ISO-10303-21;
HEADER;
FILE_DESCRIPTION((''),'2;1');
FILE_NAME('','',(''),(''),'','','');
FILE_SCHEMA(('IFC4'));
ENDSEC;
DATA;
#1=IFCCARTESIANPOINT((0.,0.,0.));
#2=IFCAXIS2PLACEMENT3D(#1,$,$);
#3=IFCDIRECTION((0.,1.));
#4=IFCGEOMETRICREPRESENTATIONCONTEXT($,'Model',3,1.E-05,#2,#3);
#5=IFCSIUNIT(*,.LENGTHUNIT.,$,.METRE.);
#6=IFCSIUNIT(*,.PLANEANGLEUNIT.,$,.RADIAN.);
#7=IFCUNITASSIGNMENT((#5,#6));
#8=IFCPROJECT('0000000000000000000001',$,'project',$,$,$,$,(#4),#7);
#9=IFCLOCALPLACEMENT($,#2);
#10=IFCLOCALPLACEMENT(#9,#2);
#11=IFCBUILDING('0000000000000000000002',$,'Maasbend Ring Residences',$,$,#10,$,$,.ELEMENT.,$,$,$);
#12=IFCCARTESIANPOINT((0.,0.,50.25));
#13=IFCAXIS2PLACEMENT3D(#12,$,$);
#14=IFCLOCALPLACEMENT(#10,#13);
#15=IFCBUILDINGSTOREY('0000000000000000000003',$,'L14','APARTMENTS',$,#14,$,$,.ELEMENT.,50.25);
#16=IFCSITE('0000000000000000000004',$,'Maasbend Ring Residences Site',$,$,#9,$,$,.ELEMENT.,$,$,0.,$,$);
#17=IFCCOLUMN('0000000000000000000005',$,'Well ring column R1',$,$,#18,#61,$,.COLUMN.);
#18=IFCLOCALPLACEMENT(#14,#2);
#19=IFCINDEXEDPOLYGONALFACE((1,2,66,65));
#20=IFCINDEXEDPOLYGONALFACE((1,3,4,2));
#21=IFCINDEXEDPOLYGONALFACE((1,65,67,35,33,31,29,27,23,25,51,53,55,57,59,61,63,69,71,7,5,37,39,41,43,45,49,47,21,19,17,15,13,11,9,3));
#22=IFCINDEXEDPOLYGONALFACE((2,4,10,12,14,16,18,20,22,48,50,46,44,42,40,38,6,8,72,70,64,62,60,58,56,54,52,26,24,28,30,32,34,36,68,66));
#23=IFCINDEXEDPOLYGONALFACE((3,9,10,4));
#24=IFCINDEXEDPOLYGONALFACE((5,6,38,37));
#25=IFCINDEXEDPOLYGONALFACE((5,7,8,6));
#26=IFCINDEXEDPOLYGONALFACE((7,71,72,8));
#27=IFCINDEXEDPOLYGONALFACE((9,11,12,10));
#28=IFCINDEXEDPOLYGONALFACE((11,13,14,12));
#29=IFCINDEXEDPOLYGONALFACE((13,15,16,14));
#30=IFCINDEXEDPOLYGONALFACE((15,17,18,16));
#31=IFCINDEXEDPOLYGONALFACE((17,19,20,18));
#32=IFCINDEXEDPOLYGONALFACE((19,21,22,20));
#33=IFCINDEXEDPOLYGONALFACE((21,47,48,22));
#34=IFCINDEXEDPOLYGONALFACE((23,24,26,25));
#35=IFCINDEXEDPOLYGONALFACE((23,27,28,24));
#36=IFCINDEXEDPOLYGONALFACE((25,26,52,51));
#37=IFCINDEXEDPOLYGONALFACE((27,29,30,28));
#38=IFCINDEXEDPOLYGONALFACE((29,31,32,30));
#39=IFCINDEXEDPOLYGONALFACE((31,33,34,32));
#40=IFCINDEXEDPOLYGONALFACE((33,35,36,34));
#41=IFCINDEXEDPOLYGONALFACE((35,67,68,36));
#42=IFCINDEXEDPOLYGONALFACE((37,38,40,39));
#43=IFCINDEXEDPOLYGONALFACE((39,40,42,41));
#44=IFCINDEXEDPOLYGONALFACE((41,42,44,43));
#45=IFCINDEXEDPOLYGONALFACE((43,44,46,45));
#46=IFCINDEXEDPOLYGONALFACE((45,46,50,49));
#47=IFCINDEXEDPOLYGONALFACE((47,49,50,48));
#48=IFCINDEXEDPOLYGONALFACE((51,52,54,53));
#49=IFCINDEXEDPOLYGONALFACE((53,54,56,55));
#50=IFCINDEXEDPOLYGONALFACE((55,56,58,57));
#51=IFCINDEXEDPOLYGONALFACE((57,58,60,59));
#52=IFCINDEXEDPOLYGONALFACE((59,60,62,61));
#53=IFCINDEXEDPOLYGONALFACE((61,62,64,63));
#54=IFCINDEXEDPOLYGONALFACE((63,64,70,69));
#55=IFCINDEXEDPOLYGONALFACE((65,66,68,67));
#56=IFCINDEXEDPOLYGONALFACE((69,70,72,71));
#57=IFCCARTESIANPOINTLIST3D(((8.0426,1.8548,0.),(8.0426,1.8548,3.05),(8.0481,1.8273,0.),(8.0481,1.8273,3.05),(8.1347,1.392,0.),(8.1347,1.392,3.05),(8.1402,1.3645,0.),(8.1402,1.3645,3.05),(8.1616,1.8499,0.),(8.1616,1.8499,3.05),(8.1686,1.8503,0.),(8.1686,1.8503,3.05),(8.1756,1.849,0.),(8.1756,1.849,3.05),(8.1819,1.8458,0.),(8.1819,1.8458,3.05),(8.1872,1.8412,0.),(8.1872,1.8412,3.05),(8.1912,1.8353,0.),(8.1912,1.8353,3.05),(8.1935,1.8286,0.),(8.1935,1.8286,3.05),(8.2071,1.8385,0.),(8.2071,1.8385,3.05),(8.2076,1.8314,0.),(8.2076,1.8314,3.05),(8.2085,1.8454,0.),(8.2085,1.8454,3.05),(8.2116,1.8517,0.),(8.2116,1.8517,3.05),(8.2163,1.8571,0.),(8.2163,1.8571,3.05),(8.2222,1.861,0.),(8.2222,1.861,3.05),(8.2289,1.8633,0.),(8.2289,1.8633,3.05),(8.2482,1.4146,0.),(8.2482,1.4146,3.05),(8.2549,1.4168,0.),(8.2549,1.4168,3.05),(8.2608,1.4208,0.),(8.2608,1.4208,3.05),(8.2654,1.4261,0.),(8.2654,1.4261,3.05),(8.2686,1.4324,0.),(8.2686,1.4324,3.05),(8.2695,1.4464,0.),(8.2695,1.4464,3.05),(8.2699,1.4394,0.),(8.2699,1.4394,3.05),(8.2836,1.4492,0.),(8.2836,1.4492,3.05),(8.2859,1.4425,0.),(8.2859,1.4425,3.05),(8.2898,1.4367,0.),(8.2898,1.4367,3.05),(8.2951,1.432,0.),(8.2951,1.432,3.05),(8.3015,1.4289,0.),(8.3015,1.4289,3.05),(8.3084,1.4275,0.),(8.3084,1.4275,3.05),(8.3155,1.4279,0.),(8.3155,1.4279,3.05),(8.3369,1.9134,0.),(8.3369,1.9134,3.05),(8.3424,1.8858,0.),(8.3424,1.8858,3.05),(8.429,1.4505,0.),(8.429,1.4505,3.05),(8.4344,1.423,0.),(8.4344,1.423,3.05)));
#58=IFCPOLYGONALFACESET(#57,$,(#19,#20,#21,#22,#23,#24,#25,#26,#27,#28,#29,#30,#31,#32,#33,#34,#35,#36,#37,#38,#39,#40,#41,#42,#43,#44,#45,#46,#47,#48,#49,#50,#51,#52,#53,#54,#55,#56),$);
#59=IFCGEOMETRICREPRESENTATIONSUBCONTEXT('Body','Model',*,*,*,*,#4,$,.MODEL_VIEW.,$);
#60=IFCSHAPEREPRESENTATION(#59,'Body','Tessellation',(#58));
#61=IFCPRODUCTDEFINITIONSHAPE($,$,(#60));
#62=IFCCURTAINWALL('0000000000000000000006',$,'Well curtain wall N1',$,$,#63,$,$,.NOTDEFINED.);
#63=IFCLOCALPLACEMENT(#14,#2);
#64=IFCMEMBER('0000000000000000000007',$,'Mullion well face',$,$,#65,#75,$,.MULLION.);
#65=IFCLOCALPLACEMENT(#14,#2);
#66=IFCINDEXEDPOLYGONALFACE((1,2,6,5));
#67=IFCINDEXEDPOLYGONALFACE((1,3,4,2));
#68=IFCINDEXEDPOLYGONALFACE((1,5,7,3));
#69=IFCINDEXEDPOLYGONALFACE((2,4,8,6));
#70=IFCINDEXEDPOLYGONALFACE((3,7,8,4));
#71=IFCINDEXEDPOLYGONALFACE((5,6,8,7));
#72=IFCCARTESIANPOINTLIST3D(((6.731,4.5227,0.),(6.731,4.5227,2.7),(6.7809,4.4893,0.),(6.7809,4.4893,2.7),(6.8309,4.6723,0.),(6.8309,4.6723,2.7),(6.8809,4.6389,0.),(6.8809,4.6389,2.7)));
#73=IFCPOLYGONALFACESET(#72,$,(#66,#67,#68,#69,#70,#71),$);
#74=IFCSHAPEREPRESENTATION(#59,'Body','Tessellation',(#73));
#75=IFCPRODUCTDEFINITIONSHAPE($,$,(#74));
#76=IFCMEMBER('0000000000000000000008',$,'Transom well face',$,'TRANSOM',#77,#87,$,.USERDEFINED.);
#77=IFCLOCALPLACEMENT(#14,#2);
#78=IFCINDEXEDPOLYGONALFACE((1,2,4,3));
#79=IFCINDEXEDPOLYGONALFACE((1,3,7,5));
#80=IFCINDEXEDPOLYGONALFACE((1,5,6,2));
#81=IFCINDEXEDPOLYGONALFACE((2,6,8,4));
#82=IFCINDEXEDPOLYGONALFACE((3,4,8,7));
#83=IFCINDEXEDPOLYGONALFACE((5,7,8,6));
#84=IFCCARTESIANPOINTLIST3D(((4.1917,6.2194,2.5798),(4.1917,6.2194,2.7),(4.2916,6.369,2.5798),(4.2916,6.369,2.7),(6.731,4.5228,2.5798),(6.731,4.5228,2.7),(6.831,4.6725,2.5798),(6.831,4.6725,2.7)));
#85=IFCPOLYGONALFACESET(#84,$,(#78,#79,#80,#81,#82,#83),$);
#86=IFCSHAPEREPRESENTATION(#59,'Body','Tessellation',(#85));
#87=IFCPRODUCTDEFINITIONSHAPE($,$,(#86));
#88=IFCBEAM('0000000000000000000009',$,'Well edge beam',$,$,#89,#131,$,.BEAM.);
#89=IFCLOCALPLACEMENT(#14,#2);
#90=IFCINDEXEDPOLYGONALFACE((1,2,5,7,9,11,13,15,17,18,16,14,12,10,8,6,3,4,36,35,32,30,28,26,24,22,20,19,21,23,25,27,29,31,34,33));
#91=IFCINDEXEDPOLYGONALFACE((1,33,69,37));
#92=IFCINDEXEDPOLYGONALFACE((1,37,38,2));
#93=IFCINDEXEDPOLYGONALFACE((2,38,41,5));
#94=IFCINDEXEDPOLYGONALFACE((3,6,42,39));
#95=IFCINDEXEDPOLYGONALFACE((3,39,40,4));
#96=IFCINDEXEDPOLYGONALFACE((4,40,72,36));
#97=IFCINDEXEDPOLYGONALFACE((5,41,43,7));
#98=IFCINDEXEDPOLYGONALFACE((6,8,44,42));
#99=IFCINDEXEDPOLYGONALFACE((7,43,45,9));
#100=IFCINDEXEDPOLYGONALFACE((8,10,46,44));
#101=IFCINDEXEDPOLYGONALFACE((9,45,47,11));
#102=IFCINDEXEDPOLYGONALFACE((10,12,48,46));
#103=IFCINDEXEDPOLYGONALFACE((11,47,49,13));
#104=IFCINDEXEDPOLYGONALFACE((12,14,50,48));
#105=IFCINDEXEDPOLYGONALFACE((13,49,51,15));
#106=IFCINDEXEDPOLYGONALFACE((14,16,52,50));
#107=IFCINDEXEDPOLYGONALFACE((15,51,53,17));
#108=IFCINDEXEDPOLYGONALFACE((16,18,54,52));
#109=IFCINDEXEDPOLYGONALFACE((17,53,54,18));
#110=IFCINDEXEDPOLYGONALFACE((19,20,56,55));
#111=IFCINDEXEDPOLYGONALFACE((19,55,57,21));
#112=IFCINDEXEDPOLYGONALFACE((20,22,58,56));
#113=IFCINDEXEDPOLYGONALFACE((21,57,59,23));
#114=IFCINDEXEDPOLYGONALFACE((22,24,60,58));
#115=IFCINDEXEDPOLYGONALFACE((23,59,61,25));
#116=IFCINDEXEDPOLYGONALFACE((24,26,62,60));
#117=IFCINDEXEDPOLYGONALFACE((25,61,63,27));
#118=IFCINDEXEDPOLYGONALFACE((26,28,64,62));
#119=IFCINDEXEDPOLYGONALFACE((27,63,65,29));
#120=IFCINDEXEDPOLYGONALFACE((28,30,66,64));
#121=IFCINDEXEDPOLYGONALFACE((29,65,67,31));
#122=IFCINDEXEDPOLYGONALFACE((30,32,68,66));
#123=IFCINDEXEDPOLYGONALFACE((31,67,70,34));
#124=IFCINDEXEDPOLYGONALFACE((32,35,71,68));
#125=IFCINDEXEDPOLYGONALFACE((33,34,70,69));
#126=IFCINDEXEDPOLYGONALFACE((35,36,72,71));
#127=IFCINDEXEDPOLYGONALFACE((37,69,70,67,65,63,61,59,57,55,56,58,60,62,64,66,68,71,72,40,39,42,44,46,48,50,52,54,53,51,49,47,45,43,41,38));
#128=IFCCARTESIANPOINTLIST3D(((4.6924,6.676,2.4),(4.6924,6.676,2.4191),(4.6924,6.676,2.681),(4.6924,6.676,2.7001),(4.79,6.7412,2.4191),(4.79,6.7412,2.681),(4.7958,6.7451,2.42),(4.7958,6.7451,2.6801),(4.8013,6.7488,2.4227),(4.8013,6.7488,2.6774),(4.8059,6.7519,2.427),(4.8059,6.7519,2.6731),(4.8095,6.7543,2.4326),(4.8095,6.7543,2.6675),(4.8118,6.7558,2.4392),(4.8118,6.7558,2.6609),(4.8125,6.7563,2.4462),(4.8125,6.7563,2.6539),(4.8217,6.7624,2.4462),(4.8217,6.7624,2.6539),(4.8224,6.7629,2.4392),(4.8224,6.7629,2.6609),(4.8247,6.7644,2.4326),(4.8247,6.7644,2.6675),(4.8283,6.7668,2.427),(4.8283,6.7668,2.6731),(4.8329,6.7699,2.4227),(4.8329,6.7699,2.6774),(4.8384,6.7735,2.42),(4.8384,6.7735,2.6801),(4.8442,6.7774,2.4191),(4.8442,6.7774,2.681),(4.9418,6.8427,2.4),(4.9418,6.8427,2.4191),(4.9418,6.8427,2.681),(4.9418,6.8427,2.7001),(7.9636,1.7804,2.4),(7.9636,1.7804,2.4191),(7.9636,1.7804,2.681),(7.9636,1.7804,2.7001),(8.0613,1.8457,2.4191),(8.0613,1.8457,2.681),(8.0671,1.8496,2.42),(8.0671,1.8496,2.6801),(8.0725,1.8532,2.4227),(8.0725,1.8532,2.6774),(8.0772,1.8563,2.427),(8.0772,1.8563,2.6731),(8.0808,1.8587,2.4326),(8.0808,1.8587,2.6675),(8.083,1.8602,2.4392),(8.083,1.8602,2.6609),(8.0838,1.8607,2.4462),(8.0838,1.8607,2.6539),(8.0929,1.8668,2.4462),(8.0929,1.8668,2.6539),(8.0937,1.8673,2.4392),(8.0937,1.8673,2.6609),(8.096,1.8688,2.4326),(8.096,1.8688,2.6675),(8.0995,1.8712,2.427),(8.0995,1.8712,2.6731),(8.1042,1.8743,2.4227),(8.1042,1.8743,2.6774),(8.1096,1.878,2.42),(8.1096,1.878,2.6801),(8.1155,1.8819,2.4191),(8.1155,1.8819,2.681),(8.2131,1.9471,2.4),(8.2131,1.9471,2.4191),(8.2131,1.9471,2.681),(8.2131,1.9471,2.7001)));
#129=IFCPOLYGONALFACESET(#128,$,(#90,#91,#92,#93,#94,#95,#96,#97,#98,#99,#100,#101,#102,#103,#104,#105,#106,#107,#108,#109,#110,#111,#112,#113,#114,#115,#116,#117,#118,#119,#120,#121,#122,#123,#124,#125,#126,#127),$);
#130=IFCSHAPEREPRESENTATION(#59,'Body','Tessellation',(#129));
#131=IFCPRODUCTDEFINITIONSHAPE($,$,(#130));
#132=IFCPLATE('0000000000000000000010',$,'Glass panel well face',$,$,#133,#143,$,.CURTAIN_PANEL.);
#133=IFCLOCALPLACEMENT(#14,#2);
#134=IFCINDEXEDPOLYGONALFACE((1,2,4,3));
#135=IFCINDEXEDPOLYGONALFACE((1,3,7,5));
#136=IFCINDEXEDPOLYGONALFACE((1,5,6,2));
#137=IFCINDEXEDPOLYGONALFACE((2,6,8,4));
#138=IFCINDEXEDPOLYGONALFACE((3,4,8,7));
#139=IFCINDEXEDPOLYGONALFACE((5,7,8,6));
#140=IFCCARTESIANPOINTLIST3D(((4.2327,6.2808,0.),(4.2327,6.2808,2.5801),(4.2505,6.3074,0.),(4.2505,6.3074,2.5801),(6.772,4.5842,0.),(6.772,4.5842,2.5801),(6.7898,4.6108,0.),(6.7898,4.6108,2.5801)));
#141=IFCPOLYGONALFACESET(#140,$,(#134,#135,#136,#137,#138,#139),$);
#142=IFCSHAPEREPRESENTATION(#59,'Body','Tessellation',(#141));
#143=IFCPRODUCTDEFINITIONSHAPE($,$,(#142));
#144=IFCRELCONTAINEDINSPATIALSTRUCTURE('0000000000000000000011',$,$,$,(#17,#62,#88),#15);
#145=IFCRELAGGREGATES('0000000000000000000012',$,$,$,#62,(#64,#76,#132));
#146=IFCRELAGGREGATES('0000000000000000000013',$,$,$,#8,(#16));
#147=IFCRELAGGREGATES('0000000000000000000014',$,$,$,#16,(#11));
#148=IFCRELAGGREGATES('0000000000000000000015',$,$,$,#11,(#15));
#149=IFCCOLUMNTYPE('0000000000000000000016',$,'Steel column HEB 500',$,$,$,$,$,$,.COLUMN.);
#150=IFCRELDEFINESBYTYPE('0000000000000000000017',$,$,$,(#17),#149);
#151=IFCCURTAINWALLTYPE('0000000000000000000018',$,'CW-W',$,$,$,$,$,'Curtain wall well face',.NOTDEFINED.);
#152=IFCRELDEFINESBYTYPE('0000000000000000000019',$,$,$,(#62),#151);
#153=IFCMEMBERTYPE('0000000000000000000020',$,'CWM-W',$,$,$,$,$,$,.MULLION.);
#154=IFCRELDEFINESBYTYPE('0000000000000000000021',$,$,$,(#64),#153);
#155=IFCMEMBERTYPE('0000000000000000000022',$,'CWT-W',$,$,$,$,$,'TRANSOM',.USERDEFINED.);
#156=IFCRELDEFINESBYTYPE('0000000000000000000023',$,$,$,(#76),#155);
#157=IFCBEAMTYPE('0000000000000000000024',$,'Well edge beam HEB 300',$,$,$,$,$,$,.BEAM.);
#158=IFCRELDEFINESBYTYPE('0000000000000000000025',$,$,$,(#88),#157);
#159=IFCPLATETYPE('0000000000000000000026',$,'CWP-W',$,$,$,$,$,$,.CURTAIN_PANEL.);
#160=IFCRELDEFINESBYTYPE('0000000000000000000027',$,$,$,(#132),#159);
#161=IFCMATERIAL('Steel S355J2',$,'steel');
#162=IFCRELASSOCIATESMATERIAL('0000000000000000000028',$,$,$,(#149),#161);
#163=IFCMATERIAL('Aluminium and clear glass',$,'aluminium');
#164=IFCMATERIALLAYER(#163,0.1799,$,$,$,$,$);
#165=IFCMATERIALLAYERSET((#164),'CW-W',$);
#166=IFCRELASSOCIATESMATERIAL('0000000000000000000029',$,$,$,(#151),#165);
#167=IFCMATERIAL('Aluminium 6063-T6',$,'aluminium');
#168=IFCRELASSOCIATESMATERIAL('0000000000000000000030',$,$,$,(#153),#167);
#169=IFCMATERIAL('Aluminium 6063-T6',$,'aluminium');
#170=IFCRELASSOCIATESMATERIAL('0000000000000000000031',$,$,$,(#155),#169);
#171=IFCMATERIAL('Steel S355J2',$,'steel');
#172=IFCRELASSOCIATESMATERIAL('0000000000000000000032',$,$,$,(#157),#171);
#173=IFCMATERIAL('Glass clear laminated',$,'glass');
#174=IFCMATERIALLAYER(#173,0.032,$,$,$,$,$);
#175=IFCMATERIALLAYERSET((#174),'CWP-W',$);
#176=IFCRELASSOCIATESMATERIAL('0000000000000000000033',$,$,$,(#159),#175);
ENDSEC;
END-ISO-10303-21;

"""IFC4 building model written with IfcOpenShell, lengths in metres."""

from ifc_helpers import new_model, si_unit, direction, frame, origin, origin_2d, place, context, subcontext, project, spatial, rectangle, i_section, extrude, material, layer, layer_set, material_profile, profile_set, type_object, element, aggregate, save


model = new_model("IFC4")

# Units and contexts
model_context = context("Model", 3, precision=1e-05, world=origin(), true_north=direction((0.0, 1.0)))
body_context = subcontext(model_context, "Body", "Model", "MODEL_VIEW")
ifc_project = project(units=[si_unit("LENGTHUNIT", "METRE"), si_unit("PLANEANGLEUNIT", "RADIAN")], contexts=[model_context])

# Site, building, storey
site_placement = place(None, origin())
site = spatial("IfcSite", under=ifc_project, at=site_placement, Name="Maasbend Ring Residences Site", CompositionType="ELEMENT", RefElevation=0.0)
building_placement = place(site_placement, origin())
building = spatial("IfcBuilding", under=site, at=building_placement, Name="Maasbend Ring Residences", CompositionType="ELEMENT")
storey_placement = place(building_placement, frame((0.0, 0.0, 50.25)))
storey = spatial("IfcBuildingStorey", under=building, at=storey_placement, Name="L14", Description="APARTMENTS", CompositionType="ELEMENT", Elevation=50.25)

# Column
ifc_material_1 = material(Name="Steel S355J2", Category="steel")
ifc_material_profile_1 = material_profile(ifc_material_1, i_section(OverallWidth=0.3, OverallDepth=0.5, WebThickness=0.0144, FlangeThickness=0.0281, FilletRadius=0.0271, at=origin_2d()), Name="HEB 500")
ifc_profile_set_1 = profile_set([ifc_material_profile_1], Name="Steel S355J2")
column_type = type_object("IfcColumnType", Name="Steel column HEB 500", PredefinedType="COLUMN", material=ifc_profile_set_1)
column_placement = place(storey_placement, frame((8.2385, 1.6389, 0.0), z_axis=(0.0, 0.0, 1.0), x_axis=(0.980785, 0.19509, 0.0)))
element("IfcColumn", 1, at=column_placement, inside=storey, type_object=column_type, Name="Well ring column R1", PredefinedType="COLUMN", context=body_context, shape_type="SweptSolid", body=[
    extrude(i_section(OverallWidth=0.3, OverallDepth=0.5, WebThickness=0.0144, FlangeThickness=0.0281, FilletRadius=0.0271, at=origin_2d()), origin(), (0.0, 0.0, 1.0), 3.05),
])

# Curtain wall, members
ifc_material_2 = material(Name="Aluminium and clear glass", Category="aluminium")
ifc_layer_1 = layer(ifc_material_2, 0.1799)
ifc_layer_set_1 = layer_set([ifc_layer_1], Name="CW-W")
curtain_wall_type = type_object("IfcCurtainWallType", Name="CW-W", ElementType="Curtain wall well face", PredefinedType="NOTDEFINED", material=ifc_layer_set_1)
curtain_wall_placement = place(storey_placement, origin())
curtain_wall = element("IfcCurtainWall", 2, at=curtain_wall_placement, inside=storey, type_object=curtain_wall_type, Name="Well curtain wall N1", PredefinedType="NOTDEFINED")
ifc_material_3 = material(Name="Aluminium 6063-T6", Category="aluminium")
ifc_material_profile_2 = material_profile(ifc_material_3, rectangle(XDim=0.1799, YDim=0.0601, at=origin_2d()), Name="AL 180x60")
ifc_profile_set_2 = profile_set([ifc_material_profile_2], Name="Aluminium 6063-T6")
member_type_1 = type_object("IfcMemberType", Name="CWM-W", PredefinedType="MULLION", material=ifc_profile_set_2)
member_1_placement = place(storey_placement, frame((6.8059, 4.5808, 0.0), z_axis=(0.0, 0.0, 1.0), x_axis=(-0.55557, -0.83147, 0.0)))
member_1 = element("IfcMember", 3, at=member_1_placement, type_object=member_type_1, Name="Mullion well face", PredefinedType="MULLION", context=body_context, shape_type="SweptSolid", body=[
    extrude(rectangle(XDim=0.1799, YDim=0.0601, at=origin_2d()), origin(), (0.0, 0.0, 1.0), 2.7),
])
ifc_material_4 = material(Name="Aluminium 6063-T6", Category="aluminium")
ifc_material_profile_3 = material_profile(ifc_material_4, rectangle(XDim=0.1799, YDim=0.1201, at=origin_2d()), Name="AL 180x120")
ifc_profile_set_3 = profile_set([ifc_material_profile_3], Name="Aluminium 6063-T6")
member_type_2 = type_object("IfcMemberType", Name="CWT-W", ElementType="TRANSOM", PredefinedType="USERDEFINED", material=ifc_profile_set_3)
member_2_placement = place(storey_placement, frame((6.781, 4.5977, 2.6399), z_axis=(-0.831496, 0.55553, 0.0), x_axis=(-0.55553, -0.831496, 0.0)))
member_2 = element("IfcMember", 4, at=member_2_placement, type_object=member_type_2, Name="Transom well face", ObjectType="TRANSOM", PredefinedType="USERDEFINED", context=body_context, shape_type="SweptSolid", body=[
    extrude(rectangle(XDim=0.1799, YDim=0.1201, at=origin_2d()), origin(), (0.0, 0.0, 1.0), 3.054),
])

# Beam
ifc_material_5 = material(Name="Steel S355J2", Category="steel")
ifc_material_profile_4 = material_profile(ifc_material_5, i_section(OverallWidth=0.3, OverallDepth=0.3, WebThickness=0.011, FlangeThickness=0.019, FilletRadius=0.0271, at=origin_2d()), Name="HEB 300")
ifc_profile_set_4 = profile_set([ifc_material_profile_4], Name="Steel S355J2")
beam_type = type_object("IfcBeamType", Name="Well edge beam HEB 300", PredefinedType="BEAM", material=ifc_profile_set_4)
beam_placement = place(storey_placement, frame((8.0884, 1.8638, 2.55), z_axis=(-0.55559, 0.831457, 0.0), x_axis=(-0.831457, -0.55559, 0.0)))
element("IfcBeam", 5, at=beam_placement, inside=storey, type_object=beam_type, Name="Well edge beam", PredefinedType="BEAM", context=body_context, shape_type="SweptSolid", body=[
    extrude(i_section(OverallWidth=0.3, OverallDepth=0.3, WebThickness=0.011, FlangeThickness=0.019, FilletRadius=0.0271, at=origin_2d()), origin(), (0.0, 0.0, 1.0), 5.8879),
])

# Plate
ifc_material_6 = material(Name="Glass clear laminated", Category="glass")
ifc_layer_2 = layer(ifc_material_6, 0.032)
ifc_layer_set_2 = layer_set([ifc_layer_2], Name="CWP-W")
plate_type = type_object("IfcPlateType", Name="CWP-W", PredefinedType="CURTAIN_PANEL", material=ifc_layer_set_2)
plate_placement = place(storey_placement, frame((5.5112, 5.4458, 0.0), z_axis=(0.0, 0.0, 1.0), x_axis=(-0.83147, 0.55557, 0.0)))
plate = element("IfcPlate", 6, at=plate_placement, type_object=plate_type, Name="Glass panel well face", PredefinedType="CURTAIN_PANEL", context=body_context, shape_type="SweptSolid", body=[
    extrude(rectangle(XDim=3.054, YDim=0.032, at=origin_2d()), origin(), (0.0, 0.0, 1.0), 2.5801),
])
aggregate(curtain_wall, [member_1, member_2, plate])

save(model, "model.ifc")
